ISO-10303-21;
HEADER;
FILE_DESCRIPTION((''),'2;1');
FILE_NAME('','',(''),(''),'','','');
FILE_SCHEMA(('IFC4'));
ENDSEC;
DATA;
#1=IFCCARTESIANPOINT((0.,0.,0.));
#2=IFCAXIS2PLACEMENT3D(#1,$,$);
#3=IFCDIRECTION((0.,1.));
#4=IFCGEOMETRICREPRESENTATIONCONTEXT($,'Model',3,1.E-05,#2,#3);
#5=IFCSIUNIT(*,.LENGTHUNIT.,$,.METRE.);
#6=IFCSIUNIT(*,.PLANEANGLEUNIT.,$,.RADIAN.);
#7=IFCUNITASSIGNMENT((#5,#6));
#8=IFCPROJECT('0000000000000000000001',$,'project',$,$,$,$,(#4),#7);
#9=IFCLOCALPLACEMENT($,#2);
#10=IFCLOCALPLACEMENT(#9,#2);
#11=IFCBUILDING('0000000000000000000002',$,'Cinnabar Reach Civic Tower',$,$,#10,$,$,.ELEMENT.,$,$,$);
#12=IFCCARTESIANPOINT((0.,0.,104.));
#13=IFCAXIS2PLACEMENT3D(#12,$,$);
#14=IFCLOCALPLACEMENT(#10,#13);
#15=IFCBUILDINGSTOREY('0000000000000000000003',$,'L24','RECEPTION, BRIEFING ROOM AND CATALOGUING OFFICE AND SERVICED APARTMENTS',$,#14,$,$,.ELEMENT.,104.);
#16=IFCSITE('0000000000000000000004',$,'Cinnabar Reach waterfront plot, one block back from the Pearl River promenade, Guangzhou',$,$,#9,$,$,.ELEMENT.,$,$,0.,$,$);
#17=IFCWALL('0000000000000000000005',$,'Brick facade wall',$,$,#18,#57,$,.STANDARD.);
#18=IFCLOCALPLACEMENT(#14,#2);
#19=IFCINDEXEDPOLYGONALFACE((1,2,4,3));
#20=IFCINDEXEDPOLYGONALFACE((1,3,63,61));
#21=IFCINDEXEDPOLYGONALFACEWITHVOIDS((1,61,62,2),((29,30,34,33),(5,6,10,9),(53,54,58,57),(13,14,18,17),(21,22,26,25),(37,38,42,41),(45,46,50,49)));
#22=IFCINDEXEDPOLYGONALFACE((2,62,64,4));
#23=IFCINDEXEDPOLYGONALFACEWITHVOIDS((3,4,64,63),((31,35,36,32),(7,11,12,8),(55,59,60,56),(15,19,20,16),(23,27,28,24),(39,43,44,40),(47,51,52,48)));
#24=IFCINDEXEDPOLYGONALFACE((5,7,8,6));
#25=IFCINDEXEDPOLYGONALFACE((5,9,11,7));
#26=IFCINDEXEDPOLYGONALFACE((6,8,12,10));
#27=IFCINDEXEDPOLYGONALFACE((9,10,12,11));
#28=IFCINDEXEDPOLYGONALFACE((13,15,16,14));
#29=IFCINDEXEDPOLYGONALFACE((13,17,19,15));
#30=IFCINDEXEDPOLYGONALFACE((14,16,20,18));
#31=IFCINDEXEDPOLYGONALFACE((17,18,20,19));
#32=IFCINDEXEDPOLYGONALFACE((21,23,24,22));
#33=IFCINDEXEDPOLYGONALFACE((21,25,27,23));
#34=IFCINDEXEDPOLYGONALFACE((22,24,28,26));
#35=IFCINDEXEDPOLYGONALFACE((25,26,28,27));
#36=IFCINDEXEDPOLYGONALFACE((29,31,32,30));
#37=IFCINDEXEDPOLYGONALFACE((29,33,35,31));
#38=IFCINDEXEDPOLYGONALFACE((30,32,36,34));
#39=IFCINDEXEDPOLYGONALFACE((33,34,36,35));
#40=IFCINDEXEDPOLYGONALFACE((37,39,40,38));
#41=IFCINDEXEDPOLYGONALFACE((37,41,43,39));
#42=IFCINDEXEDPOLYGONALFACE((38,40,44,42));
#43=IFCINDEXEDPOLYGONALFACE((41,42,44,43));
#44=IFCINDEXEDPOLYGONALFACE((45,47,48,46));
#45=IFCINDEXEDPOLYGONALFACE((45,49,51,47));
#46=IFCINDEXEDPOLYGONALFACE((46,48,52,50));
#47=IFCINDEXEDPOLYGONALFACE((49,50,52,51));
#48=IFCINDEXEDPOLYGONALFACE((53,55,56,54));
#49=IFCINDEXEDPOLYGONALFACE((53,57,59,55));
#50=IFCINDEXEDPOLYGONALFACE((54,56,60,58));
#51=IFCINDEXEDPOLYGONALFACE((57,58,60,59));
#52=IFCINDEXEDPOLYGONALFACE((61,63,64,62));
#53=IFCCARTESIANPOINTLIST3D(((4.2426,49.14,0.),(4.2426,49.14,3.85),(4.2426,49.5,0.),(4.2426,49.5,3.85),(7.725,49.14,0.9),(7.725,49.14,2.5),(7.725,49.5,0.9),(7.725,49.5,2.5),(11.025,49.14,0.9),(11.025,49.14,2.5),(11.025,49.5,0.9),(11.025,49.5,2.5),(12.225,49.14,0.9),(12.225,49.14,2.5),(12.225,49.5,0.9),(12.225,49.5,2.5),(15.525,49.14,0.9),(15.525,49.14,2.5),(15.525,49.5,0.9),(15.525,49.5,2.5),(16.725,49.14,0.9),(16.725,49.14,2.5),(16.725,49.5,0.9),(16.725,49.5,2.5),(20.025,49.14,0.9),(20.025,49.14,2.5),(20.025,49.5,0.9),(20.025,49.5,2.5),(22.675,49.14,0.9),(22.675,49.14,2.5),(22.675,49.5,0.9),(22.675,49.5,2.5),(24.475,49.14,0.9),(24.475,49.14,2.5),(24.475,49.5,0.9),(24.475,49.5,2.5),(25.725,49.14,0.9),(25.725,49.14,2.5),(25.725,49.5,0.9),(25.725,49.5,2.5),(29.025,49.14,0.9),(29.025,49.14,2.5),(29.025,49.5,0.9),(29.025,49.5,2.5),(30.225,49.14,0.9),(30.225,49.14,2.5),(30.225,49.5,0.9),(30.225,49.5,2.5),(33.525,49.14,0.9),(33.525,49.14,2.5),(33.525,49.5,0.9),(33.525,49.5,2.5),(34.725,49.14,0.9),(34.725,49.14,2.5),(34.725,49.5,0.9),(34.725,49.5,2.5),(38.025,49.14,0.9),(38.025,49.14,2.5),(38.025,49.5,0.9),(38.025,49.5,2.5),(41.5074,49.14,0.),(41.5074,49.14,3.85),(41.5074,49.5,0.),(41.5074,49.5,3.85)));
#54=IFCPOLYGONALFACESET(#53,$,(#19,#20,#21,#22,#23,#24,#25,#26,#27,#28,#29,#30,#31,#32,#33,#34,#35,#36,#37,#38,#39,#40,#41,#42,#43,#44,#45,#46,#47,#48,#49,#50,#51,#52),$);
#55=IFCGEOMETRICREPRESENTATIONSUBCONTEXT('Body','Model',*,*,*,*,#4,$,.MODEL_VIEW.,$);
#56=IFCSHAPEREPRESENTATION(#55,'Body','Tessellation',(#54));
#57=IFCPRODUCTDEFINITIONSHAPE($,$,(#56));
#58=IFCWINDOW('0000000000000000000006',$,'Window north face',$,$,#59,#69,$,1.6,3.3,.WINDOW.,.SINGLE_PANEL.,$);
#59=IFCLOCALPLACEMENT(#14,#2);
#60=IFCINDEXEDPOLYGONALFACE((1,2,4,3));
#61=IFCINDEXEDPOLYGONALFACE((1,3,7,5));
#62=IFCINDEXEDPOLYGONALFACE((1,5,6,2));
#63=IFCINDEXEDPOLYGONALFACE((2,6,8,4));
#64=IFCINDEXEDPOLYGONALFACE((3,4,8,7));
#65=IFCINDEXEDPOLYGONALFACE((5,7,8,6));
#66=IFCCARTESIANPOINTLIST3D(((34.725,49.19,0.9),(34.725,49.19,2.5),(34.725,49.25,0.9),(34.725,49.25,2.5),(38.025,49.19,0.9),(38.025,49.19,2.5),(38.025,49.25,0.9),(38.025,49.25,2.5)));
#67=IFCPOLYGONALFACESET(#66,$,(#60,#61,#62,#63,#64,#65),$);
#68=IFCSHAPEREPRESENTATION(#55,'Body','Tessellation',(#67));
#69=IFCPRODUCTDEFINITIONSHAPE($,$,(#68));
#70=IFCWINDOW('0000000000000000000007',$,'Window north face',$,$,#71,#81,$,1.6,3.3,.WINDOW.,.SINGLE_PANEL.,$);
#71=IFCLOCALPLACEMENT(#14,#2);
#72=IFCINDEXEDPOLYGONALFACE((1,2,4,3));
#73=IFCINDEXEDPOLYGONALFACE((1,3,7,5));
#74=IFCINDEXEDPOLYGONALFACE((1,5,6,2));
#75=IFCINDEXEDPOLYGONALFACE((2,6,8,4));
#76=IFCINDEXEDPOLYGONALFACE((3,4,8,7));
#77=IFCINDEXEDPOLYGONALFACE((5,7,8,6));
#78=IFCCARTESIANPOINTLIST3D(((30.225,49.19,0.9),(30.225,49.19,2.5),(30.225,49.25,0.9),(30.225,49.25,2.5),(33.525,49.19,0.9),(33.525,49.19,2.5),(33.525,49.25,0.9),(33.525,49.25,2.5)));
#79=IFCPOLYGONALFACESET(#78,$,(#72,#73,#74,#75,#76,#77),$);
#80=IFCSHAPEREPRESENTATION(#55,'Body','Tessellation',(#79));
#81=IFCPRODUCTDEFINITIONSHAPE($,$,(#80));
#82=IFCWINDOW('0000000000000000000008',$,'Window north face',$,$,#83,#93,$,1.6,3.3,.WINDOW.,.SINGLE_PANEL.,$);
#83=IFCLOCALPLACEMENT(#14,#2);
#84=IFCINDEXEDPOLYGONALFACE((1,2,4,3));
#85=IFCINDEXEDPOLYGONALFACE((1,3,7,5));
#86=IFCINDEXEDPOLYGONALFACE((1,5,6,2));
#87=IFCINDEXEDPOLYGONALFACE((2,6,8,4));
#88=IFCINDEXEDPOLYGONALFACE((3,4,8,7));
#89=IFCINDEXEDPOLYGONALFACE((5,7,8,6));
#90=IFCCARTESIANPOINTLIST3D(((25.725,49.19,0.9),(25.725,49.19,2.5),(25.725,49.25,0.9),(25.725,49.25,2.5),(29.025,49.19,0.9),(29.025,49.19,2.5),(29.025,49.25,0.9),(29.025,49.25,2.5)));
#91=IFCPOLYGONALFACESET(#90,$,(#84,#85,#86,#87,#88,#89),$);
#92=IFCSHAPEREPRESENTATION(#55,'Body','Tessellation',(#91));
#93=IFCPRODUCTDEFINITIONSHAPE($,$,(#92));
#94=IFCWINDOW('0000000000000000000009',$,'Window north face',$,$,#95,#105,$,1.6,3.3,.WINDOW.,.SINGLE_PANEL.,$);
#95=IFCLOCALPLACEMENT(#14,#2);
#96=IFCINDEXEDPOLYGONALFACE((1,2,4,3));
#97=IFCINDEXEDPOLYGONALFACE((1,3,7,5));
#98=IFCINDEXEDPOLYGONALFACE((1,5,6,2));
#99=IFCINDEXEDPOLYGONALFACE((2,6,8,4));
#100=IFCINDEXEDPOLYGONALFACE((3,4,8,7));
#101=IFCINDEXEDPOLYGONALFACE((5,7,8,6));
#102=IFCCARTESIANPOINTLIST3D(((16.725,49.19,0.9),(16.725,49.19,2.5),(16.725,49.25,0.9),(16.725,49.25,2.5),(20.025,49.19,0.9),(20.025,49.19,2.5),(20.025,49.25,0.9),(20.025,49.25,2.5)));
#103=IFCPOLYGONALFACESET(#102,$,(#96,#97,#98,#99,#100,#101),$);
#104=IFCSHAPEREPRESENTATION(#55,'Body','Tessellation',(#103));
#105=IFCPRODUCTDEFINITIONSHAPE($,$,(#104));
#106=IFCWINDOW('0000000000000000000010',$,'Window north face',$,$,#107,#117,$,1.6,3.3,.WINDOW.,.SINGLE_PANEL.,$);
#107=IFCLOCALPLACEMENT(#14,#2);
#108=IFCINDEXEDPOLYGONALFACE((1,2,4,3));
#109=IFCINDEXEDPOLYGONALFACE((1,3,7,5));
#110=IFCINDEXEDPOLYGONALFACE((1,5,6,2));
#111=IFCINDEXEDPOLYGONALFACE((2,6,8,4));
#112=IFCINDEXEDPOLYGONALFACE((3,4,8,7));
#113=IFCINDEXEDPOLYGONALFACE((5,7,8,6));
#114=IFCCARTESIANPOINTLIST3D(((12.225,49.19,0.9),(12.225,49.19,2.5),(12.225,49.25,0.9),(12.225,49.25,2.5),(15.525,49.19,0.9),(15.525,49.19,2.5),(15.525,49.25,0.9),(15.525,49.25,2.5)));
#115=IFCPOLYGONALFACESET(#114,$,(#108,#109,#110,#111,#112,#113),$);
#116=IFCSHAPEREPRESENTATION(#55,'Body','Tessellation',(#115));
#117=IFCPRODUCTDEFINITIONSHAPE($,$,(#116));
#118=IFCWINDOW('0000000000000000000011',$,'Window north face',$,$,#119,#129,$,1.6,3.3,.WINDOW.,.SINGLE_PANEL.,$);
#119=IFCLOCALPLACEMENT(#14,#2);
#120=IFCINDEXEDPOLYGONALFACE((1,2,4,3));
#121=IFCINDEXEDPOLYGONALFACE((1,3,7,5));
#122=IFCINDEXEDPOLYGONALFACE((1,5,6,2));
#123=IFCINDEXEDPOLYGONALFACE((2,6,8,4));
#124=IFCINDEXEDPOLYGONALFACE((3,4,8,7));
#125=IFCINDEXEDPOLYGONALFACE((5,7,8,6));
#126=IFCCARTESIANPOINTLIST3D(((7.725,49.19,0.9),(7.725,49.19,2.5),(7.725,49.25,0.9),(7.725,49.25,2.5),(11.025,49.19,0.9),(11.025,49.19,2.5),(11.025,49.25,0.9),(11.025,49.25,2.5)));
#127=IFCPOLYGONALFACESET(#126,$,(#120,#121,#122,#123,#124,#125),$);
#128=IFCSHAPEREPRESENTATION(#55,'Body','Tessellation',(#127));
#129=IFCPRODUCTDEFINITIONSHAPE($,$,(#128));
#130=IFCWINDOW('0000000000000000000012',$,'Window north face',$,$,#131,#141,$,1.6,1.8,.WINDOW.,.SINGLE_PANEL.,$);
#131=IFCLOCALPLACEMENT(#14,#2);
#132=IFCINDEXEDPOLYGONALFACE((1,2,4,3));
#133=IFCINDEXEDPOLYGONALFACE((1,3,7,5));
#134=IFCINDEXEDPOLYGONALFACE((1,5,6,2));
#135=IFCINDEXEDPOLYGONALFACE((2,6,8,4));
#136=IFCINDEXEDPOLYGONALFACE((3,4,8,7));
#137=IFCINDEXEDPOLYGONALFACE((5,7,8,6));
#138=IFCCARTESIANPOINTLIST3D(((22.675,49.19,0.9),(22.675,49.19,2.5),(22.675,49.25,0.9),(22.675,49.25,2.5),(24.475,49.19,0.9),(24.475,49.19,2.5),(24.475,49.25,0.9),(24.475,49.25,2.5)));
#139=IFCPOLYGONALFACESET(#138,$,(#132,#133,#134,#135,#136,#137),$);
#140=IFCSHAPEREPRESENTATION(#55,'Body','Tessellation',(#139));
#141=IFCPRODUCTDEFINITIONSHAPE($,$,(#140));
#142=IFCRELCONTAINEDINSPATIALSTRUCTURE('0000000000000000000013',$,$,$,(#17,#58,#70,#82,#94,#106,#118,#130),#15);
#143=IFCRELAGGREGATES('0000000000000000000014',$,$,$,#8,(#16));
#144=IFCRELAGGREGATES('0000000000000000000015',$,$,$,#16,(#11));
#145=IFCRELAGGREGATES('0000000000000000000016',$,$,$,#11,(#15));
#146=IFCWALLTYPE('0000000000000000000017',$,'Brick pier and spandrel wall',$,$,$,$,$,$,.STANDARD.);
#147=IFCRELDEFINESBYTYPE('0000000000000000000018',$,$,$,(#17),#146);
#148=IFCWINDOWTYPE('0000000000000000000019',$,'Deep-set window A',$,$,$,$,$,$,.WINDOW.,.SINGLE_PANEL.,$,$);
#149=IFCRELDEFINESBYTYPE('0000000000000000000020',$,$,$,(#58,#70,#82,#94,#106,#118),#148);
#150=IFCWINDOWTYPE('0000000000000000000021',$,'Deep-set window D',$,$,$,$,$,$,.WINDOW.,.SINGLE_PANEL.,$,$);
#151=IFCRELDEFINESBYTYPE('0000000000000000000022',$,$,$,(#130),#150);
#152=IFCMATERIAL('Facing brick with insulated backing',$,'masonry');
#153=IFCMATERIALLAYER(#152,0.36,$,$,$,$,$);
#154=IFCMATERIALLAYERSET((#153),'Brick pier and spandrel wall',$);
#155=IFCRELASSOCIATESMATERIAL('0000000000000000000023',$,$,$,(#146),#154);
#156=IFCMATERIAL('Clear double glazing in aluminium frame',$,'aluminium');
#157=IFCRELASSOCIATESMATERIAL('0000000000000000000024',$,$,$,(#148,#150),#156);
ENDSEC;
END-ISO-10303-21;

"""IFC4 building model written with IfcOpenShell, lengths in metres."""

from ifc_helpers import new_model, si_unit, direction, frame, frame_2d, origin, place, context, subcontext, project, spatial, rectangle, extrude, material, layer, layer_set, type_object, element, fill, save


model = new_model("IFC4")

# Units and contexts
model_context = context("Model", 3, precision=1e-05, world=origin(), true_north=direction((0.0, 1.0)))
body_context = subcontext(model_context, "Body", "Model", "MODEL_VIEW")
ifc_project = project(units=[si_unit("LENGTHUNIT", "METRE"), si_unit("PLANEANGLEUNIT", "RADIAN")], contexts=[model_context])

# Site, building, storey
site_placement = place(None, origin())
site = spatial("IfcSite", under=ifc_project, at=site_placement, Name="Cinnabar Reach waterfront plot, one block back from the Pearl River promenade, Guangzhou", CompositionType="ELEMENT", RefElevation=0.0)
building_placement = place(site_placement, origin())
building = spatial("IfcBuilding", under=site, at=building_placement, Name="Cinnabar Reach Civic Tower", CompositionType="ELEMENT")
storey_placement = place(building_placement, frame((0.0, 0.0, 104.0)))
storey = spatial("IfcBuildingStorey", under=building, at=storey_placement, Name="L24", Description="RECEPTION, BRIEFING ROOM AND CATALOGUING OFFICE AND SERVICED APARTMENTS", CompositionType="ELEMENT", Elevation=104.0)

# Shared definitions
ifc_material_1 = material(Name="Facing brick with insulated backing", Category="masonry")

# Shared definitions
ifc_layer_1 = layer(ifc_material_1, 0.36)
ifc_layer_set_1 = layer_set([ifc_layer_1], Name="Brick pier and spandrel wall")
wall_type_1 = type_object("IfcWallType", Name="Brick pier and spandrel wall", PredefinedType="STANDARD", material=ifc_layer_set_1)
ifc_material_2 = material(Name="Clear double glazing in aluminium frame", Category="aluminium")
window_type_1 = type_object("IfcWindowType", Name="Deep-set window A", PartitioningType="SINGLE_PANEL", PredefinedType="WINDOW", material=ifc_material_2)

# Wall, openings, windows
wall_1_placement = place(storey_placement, frame((41.5074, 49.32, 0.0), z_axis=(0.0, 0.0, 1.0), x_axis=(-1.0, 0.0, 0.0)))
wall_1 = element("IfcWall", 1, at=wall_1_placement, inside=storey, type_object=wall_type_1, Name="Brick facade wall", PredefinedType="STANDARD", context=body_context, shape_type="SweptSolid", body=[
    extrude(rectangle(XDim=37.2648, YDim=0.36, at=frame_2d((18.6324, 0.0))), origin(), (0.0, 0.0, 1.0), 3.85),
])
opening_1_placement = place(wall_1_placement, frame((3.4824, 0.0, 0.9)))
opening_1 = element("IfcOpeningElement", 2, at=opening_1_placement, cuts=wall_1, PredefinedType="OPENING", context=body_context, shape_type="SweptSolid", body=[
    extrude(rectangle(XDim=3.3, YDim=1.6, at=frame_2d((1.65, 0.8))), frame((0.0, 0.19, 0.0), z_axis=(0.0, -1.0, 0.0), x_axis=(1.0, 0.0, 0.0)), (0.0, 0.0, 1.0), 0.38),
])
opening_2_placement = place(wall_1_placement, frame((7.9824, 0.0, 0.9)))
opening_2 = element("IfcOpeningElement", 3, at=opening_2_placement, cuts=wall_1, PredefinedType="OPENING", context=body_context, shape_type="SweptSolid", body=[
    extrude(rectangle(XDim=3.3, YDim=1.6, at=frame_2d((1.65, 0.8))), frame((0.0, 0.19, 0.0), z_axis=(0.0, -1.0, 0.0), x_axis=(1.0, 0.0, 0.0)), (0.0, 0.0, 1.0), 0.38),
])
opening_3_placement = place(wall_1_placement, frame((12.4824, 0.0, 0.9)))
opening_3 = element("IfcOpeningElement", 4, at=opening_3_placement, cuts=wall_1, PredefinedType="OPENING", context=body_context, shape_type="SweptSolid", body=[
    extrude(rectangle(XDim=3.3, YDim=1.6, at=frame_2d((1.65, 0.8))), frame((0.0, 0.19, 0.0), z_axis=(0.0, -1.0, 0.0), x_axis=(1.0, 0.0, 0.0)), (0.0, 0.0, 1.0), 0.38),
])
opening_4_placement = place(wall_1_placement, frame((17.0324, 0.0, 0.9)))
opening_4 = element("IfcOpeningElement", 5, at=opening_4_placement, cuts=wall_1, PredefinedType="OPENING", context=body_context, shape_type="SweptSolid", body=[
    extrude(rectangle(XDim=1.8, YDim=1.6, at=frame_2d((0.9, 0.8))), frame((0.0, 0.19, 0.0), z_axis=(0.0, -1.0, 0.0), x_axis=(1.0, 0.0, 0.0)), (0.0, 0.0, 1.0), 0.38),
])
opening_5_placement = place(wall_1_placement, frame((21.4824, 0.0, 0.9)))
opening_5 = element("IfcOpeningElement", 6, at=opening_5_placement, cuts=wall_1, PredefinedType="OPENING", context=body_context, shape_type="SweptSolid", body=[
    extrude(rectangle(XDim=3.3, YDim=1.6, at=frame_2d((1.65, 0.8))), frame((0.0, 0.19, 0.0), z_axis=(0.0, -1.0, 0.0), x_axis=(1.0, 0.0, 0.0)), (0.0, 0.0, 1.0), 0.38),
])
opening_6_placement = place(wall_1_placement, frame((25.9824, 0.0, 0.9)))
opening_6 = element("IfcOpeningElement", 7, at=opening_6_placement, cuts=wall_1, PredefinedType="OPENING", context=body_context, shape_type="SweptSolid", body=[
    extrude(rectangle(XDim=3.3, YDim=1.6, at=frame_2d((1.65, 0.8))), frame((0.0, 0.19, 0.0), z_axis=(0.0, -1.0, 0.0), x_axis=(1.0, 0.0, 0.0)), (0.0, 0.0, 1.0), 0.38),
])
opening_7_placement = place(wall_1_placement, frame((30.4824, 0.0, 0.9)))
opening_7 = element("IfcOpeningElement", 8, at=opening_7_placement, cuts=wall_1, PredefinedType="OPENING", context=body_context, shape_type="SweptSolid", body=[
    extrude(rectangle(XDim=3.3, YDim=1.6, at=frame_2d((1.65, 0.8))), frame((0.0, 0.19, 0.0), z_axis=(0.0, -1.0, 0.0), x_axis=(1.0, 0.0, 0.0)), (0.0, 0.0, 1.0), 0.38),
])
window_1_placement = place(opening_1_placement, origin())
window_1 = element("IfcWindow", 9, at=window_1_placement, inside=storey, type_object=window_type_1, Name="Window north face", OverallHeight=1.6, OverallWidth=3.3, PartitioningType="SINGLE_PANEL", PredefinedType="WINDOW", context=body_context, shape_type="SweptSolid", body=[
    extrude(rectangle(XDim=3.3, YDim=1.6, at=frame_2d((1.65, 0.8))), frame((0.0, 0.13, 0.0), z_axis=(0.0, -1.0, 0.0), x_axis=(1.0, 0.0, 0.0)), (0.0, 0.0, 1.0), 0.06),
])
fill(opening_1, window_1)
window_2_placement = place(opening_2_placement, origin())
window_2 = element("IfcWindow", 10, at=window_2_placement, inside=storey, type_object=window_type_1, Name="Window north face", OverallHeight=1.6, OverallWidth=3.3, PartitioningType="SINGLE_PANEL", PredefinedType="WINDOW", context=body_context, shape_type="SweptSolid", body=[
    extrude(rectangle(XDim=3.3, YDim=1.6, at=frame_2d((1.65, 0.8))), frame((0.0, 0.13, 0.0), z_axis=(0.0, -1.0, 0.0), x_axis=(1.0, 0.0, 0.0)), (0.0, 0.0, 1.0), 0.06),
])
fill(opening_2, window_2)
window_3_placement = place(opening_3_placement, origin())
window_3 = element("IfcWindow", 11, at=window_3_placement, inside=storey, type_object=window_type_1, Name="Window north face", OverallHeight=1.6, OverallWidth=3.3, PartitioningType="SINGLE_PANEL", PredefinedType="WINDOW", context=body_context, shape_type="SweptSolid", body=[
    extrude(rectangle(XDim=3.3, YDim=1.6, at=frame_2d((1.65, 0.8))), frame((0.0, 0.13, 0.0), z_axis=(0.0, -1.0, 0.0), x_axis=(1.0, 0.0, 0.0)), (0.0, 0.0, 1.0), 0.06),
])
fill(opening_3, window_3)
window_4_placement = place(opening_5_placement, origin())
window_4 = element("IfcWindow", 12, at=window_4_placement, inside=storey, type_object=window_type_1, Name="Window north face", OverallHeight=1.6, OverallWidth=3.3, PartitioningType="SINGLE_PANEL", PredefinedType="WINDOW", context=body_context, shape_type="SweptSolid", body=[
    extrude(rectangle(XDim=3.3, YDim=1.6, at=frame_2d((1.65, 0.8))), frame((0.0, 0.13, 0.0), z_axis=(0.0, -1.0, 0.0), x_axis=(1.0, 0.0, 0.0)), (0.0, 0.0, 1.0), 0.06),
])
fill(opening_5, window_4)
window_5_placement = place(opening_6_placement, origin())
window_5 = element("IfcWindow", 13, at=window_5_placement, inside=storey, type_object=window_type_1, Name="Window north face", OverallHeight=1.6, OverallWidth=3.3, PartitioningType="SINGLE_PANEL", PredefinedType="WINDOW", context=body_context, shape_type="SweptSolid", body=[
    extrude(rectangle(XDim=3.3, YDim=1.6, at=frame_2d((1.65, 0.8))), frame((0.0, 0.13, 0.0), z_axis=(0.0, -1.0, 0.0), x_axis=(1.0, 0.0, 0.0)), (0.0, 0.0, 1.0), 0.06),
])
fill(opening_6, window_5)
window_6_placement = place(opening_7_placement, origin())
window_6 = element("IfcWindow", 14, at=window_6_placement, inside=storey, type_object=window_type_1, Name="Window north face", OverallHeight=1.6, OverallWidth=3.3, PartitioningType="SINGLE_PANEL", PredefinedType="WINDOW", context=body_context, shape_type="SweptSolid", body=[
    extrude(rectangle(XDim=3.3, YDim=1.6, at=frame_2d((1.65, 0.8))), frame((0.0, 0.13, 0.0), z_axis=(0.0, -1.0, 0.0), x_axis=(1.0, 0.0, 0.0)), (0.0, 0.0, 1.0), 0.06),
])
fill(opening_7, window_6)
window_type_2 = type_object("IfcWindowType", Name="Deep-set window D", PartitioningType="SINGLE_PANEL", PredefinedType="WINDOW", material=ifc_material_2)
window_7_placement = place(opening_4_placement, origin())
window_7 = element("IfcWindow", 15, at=window_7_placement, inside=storey, type_object=window_type_2, Name="Window north face", OverallHeight=1.6, OverallWidth=1.8, PartitioningType="SINGLE_PANEL", PredefinedType="WINDOW", context=body_context, shape_type="SweptSolid", body=[
    extrude(rectangle(XDim=1.8, YDim=1.6, at=frame_2d((0.9, 0.8))), frame((0.0, 0.13, 0.0), z_axis=(0.0, -1.0, 0.0), x_axis=(1.0, 0.0, 0.0)), (0.0, 0.0, 1.0), 0.06),
])
fill(opening_4, window_7)

save(model, "model.ifc")
